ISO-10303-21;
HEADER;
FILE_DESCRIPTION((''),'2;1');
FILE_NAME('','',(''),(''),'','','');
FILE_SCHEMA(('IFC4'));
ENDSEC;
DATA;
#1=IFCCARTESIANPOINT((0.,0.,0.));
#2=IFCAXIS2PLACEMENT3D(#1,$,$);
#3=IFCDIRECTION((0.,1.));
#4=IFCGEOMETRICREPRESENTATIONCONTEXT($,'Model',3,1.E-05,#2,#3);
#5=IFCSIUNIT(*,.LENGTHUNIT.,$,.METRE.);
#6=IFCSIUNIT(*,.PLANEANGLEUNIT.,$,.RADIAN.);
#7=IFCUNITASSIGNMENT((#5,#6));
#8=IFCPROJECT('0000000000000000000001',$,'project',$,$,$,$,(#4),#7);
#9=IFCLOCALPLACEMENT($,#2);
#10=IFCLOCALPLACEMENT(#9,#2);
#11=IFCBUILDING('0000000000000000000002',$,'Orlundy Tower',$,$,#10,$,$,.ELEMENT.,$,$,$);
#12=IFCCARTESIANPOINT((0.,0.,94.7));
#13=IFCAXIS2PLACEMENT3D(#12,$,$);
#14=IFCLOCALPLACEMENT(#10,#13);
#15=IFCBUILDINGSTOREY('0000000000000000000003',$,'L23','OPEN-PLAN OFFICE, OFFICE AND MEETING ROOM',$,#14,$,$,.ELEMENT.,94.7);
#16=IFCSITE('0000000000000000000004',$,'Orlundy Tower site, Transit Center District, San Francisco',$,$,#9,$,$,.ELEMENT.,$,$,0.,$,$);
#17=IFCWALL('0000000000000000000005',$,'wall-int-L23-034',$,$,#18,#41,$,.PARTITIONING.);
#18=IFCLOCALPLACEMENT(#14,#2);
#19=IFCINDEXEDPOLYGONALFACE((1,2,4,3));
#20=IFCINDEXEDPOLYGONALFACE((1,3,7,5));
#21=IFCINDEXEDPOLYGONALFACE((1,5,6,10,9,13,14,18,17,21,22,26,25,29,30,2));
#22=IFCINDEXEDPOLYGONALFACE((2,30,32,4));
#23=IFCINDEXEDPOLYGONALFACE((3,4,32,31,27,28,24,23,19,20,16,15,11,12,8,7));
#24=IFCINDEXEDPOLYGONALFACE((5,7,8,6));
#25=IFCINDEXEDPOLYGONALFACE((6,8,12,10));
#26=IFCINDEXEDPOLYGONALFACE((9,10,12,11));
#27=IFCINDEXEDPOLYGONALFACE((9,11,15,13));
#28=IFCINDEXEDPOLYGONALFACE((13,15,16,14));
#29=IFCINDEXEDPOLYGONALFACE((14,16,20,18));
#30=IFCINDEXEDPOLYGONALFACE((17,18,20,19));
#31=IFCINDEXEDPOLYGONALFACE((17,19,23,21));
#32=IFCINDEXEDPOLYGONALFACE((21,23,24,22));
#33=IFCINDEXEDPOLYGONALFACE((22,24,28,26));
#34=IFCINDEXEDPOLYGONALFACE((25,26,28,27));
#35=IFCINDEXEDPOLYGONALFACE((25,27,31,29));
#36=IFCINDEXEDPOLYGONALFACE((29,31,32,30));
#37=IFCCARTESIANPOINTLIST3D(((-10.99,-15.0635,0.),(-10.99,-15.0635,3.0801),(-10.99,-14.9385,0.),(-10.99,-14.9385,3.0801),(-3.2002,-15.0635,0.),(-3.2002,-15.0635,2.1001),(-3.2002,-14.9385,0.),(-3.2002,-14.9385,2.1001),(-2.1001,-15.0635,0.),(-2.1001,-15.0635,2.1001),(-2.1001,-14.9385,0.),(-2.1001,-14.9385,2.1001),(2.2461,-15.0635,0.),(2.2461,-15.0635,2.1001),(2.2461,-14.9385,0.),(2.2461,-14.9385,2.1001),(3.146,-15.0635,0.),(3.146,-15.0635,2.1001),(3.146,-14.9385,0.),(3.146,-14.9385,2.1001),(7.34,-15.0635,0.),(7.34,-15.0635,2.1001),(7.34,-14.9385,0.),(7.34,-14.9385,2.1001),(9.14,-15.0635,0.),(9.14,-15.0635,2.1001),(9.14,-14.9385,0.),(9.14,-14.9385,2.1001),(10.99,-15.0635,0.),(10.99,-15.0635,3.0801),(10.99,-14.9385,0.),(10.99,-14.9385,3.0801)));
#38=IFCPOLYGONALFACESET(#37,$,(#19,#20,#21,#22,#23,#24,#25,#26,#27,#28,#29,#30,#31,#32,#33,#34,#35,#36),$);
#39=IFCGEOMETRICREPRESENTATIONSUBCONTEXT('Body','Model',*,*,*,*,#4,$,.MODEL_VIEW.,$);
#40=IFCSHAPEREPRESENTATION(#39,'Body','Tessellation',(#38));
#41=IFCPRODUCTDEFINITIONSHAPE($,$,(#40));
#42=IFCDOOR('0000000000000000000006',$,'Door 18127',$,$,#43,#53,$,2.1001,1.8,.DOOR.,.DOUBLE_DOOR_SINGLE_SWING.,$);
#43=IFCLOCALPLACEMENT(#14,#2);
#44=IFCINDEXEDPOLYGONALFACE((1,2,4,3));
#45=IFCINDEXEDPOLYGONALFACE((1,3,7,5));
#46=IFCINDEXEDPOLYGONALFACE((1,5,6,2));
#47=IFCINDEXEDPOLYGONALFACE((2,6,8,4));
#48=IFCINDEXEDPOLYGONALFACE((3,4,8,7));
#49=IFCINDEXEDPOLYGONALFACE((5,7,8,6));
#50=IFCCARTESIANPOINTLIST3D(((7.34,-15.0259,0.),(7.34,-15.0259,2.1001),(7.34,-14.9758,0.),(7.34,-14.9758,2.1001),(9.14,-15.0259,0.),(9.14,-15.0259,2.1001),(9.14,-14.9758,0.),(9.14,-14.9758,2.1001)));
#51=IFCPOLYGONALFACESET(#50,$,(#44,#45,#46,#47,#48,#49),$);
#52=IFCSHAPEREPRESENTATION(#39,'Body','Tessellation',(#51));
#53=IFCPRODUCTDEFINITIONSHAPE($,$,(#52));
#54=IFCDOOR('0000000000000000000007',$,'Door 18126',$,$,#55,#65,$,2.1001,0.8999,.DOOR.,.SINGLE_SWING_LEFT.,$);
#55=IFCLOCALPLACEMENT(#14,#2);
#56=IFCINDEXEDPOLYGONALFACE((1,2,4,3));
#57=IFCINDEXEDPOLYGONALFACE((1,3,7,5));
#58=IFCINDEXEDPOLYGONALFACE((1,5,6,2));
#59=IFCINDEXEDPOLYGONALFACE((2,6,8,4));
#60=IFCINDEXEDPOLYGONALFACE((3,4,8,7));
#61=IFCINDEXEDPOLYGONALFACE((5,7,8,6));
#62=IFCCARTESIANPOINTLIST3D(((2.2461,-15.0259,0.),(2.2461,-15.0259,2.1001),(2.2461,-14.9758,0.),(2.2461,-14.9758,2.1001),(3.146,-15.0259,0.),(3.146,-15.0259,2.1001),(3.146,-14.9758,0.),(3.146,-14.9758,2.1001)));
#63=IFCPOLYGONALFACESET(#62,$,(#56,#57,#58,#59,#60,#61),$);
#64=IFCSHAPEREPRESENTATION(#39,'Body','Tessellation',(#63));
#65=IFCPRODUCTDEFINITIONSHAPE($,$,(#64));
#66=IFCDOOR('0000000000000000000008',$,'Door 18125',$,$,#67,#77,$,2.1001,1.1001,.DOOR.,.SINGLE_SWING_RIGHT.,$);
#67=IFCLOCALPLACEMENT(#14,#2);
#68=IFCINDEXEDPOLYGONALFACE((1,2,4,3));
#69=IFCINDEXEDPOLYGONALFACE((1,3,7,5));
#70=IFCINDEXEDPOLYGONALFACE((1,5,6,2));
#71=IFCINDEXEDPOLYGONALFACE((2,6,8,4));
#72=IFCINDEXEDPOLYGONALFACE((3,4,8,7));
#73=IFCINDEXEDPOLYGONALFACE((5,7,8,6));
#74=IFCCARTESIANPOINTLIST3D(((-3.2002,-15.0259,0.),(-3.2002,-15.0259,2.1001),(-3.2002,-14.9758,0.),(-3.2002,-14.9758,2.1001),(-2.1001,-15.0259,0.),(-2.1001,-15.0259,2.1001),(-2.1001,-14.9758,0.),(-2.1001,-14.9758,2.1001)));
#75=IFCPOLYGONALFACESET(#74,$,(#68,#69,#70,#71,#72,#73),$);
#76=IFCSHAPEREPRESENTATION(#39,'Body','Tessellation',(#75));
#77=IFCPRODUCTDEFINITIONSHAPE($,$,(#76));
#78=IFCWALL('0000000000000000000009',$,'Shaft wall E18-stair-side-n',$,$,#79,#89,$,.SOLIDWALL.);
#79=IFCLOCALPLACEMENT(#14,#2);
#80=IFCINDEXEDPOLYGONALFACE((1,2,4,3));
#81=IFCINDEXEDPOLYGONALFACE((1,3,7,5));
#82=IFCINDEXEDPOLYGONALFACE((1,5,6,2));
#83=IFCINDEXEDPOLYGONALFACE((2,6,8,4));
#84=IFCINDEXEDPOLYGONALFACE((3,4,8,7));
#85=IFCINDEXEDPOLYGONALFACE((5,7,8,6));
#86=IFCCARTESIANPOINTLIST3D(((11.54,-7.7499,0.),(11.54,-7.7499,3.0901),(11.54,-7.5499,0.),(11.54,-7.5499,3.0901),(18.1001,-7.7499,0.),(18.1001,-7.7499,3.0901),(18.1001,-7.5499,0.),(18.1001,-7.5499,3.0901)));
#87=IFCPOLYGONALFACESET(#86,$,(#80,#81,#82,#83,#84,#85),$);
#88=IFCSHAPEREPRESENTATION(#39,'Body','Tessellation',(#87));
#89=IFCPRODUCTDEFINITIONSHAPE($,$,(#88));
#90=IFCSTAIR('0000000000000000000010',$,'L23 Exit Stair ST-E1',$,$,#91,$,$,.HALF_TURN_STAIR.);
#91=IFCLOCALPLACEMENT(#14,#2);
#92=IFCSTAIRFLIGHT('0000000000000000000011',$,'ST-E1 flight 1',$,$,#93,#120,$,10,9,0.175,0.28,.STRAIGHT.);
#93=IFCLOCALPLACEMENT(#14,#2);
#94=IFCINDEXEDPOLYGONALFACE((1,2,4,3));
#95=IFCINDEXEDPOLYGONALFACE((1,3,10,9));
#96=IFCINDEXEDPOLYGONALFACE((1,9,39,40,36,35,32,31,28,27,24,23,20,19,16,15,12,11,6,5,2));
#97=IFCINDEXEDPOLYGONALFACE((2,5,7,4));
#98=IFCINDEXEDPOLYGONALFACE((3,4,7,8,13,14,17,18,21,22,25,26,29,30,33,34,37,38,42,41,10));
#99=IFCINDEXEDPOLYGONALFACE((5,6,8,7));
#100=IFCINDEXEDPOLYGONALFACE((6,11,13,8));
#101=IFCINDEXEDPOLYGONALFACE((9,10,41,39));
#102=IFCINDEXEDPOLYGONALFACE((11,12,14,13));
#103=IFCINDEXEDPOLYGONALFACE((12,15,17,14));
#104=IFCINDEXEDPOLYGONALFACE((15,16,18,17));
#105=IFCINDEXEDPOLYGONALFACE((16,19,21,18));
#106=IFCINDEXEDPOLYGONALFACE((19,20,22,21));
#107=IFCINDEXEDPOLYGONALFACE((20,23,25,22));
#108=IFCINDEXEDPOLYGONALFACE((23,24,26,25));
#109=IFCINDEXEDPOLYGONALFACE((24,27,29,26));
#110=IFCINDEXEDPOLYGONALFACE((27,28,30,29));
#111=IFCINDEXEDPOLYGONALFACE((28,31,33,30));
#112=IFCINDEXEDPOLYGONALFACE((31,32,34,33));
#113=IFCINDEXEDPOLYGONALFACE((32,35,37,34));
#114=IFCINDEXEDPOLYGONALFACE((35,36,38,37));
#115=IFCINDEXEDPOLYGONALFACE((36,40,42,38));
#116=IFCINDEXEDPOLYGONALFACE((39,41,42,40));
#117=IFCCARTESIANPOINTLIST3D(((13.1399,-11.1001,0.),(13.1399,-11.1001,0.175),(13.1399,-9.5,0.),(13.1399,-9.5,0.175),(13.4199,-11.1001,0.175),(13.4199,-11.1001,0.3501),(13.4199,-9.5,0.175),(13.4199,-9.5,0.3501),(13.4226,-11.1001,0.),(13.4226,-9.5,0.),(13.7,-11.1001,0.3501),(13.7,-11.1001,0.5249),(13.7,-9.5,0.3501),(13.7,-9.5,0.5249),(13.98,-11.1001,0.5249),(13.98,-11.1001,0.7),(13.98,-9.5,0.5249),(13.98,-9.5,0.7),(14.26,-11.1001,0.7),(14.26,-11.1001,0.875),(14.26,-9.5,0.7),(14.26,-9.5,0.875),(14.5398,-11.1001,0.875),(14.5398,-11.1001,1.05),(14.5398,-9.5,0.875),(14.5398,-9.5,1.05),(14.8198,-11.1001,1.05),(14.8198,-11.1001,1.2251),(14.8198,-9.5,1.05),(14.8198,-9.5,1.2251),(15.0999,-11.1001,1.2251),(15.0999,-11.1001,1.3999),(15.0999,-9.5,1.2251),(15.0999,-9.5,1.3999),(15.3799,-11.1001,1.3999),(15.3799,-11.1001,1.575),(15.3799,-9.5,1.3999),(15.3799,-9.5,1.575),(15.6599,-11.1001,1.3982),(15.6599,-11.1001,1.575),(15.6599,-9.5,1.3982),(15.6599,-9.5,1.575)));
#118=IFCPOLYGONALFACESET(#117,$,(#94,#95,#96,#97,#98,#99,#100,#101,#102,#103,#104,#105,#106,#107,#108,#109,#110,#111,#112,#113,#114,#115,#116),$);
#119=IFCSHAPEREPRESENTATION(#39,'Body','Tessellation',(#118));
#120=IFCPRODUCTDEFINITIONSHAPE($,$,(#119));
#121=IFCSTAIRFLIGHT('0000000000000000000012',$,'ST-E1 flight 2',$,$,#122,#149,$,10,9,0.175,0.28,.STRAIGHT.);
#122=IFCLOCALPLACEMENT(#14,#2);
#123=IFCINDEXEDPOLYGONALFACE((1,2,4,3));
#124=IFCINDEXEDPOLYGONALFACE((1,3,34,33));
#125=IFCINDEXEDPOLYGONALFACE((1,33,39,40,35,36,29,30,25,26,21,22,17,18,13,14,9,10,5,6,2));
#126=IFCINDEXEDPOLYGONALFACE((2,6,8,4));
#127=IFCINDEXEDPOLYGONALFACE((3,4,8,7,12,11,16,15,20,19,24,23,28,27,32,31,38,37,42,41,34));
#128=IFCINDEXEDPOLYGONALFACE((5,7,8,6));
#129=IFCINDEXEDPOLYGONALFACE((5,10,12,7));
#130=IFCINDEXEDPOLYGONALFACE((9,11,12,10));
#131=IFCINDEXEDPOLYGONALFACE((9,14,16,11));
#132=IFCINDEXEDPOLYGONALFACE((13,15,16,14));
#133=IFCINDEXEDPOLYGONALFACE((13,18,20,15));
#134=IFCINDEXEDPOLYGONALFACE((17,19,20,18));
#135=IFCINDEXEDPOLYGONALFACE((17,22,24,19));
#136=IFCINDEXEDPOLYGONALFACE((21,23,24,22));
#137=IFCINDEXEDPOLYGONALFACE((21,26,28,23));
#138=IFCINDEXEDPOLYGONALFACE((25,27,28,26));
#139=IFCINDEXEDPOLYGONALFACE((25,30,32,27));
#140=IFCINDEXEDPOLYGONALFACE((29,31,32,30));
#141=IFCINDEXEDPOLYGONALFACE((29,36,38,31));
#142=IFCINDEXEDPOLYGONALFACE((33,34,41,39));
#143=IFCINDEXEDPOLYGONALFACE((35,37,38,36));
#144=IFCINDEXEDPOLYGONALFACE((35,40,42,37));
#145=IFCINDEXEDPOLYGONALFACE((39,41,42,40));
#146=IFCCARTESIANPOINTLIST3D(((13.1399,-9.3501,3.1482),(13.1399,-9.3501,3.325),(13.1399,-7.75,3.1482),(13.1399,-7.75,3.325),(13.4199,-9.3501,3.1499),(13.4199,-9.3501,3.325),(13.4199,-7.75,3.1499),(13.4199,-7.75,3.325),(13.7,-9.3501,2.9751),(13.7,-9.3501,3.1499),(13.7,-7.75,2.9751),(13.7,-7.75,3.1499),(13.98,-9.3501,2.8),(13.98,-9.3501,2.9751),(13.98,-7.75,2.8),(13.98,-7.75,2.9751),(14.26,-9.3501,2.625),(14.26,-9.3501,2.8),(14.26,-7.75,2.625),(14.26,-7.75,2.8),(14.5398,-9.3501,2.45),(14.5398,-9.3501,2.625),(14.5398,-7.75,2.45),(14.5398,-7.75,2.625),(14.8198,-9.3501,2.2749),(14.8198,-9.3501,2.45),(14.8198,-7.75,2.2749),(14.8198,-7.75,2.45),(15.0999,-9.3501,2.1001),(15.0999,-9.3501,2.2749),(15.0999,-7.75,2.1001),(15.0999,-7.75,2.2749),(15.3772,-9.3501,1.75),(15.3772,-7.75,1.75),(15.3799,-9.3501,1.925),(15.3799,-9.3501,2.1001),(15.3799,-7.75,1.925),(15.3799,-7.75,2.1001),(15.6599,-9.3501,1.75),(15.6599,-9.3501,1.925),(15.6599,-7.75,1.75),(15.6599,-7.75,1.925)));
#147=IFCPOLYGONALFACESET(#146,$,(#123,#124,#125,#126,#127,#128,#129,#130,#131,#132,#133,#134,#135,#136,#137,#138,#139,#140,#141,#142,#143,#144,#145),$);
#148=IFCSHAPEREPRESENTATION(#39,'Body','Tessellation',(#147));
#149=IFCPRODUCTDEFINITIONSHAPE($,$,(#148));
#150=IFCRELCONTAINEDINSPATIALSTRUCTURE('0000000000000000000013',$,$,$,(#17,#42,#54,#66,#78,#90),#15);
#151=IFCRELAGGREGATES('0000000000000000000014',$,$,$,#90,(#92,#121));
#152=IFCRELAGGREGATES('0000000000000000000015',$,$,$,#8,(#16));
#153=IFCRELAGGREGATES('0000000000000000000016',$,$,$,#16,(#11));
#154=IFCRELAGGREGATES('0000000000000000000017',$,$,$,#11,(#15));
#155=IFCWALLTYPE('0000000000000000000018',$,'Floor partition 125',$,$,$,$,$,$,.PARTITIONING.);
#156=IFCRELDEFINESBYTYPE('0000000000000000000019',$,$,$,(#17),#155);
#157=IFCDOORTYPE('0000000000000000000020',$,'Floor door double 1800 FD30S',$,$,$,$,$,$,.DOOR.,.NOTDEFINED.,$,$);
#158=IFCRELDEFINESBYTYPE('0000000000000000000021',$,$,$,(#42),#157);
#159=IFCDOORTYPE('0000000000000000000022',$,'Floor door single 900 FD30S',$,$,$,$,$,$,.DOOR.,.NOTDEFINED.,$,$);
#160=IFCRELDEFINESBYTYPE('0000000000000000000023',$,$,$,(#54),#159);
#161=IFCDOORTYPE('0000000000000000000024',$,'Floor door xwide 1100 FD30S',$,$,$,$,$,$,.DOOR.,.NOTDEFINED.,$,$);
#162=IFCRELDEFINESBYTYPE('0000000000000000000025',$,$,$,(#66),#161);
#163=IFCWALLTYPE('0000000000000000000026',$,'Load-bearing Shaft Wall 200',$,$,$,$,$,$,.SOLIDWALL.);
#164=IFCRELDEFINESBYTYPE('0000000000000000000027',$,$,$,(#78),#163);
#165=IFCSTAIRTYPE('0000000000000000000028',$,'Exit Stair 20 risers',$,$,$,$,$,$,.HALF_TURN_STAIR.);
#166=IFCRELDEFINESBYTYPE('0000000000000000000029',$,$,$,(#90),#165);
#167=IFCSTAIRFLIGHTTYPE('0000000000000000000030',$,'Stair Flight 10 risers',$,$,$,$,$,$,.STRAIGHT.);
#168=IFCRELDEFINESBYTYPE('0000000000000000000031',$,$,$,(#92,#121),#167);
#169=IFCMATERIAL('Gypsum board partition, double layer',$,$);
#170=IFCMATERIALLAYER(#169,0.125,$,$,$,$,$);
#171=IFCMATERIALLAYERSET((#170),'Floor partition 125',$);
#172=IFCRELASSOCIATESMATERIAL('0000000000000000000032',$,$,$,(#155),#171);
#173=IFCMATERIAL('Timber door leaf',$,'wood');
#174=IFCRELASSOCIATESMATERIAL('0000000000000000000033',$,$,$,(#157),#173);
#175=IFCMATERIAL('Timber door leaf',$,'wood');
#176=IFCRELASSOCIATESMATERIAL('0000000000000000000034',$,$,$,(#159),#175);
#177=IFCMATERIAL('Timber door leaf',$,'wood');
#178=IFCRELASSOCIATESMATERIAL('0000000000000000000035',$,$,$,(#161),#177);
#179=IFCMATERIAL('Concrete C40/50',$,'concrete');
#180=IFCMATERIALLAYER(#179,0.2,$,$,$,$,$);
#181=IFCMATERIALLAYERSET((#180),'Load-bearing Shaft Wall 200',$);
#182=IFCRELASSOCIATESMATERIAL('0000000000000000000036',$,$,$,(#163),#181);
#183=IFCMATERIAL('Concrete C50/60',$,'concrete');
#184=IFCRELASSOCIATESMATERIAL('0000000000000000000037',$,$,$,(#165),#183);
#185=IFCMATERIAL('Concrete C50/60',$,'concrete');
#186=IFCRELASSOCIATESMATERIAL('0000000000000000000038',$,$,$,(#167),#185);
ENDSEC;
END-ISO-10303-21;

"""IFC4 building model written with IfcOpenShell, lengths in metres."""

from ifc_helpers import new_model, si_unit, direction, frame, frame_2d, origin, place, context, subcontext, project, spatial, polyline, rectangle, outline, extrude, material, layer, layer_set, type_object, element, fill, aggregate, save


model = new_model("IFC4")

# Units and contexts
model_context = context("Model", 3, precision=1e-05, world=origin(), true_north=direction((0.0, 1.0)))
body_context = subcontext(model_context, "Body", "Model", "MODEL_VIEW")
ifc_project = project(units=[si_unit("LENGTHUNIT", "METRE"), si_unit("PLANEANGLEUNIT", "RADIAN")], contexts=[model_context])

# Site, building, storey
site_placement = place(None, origin())
site = spatial("IfcSite", under=ifc_project, at=site_placement, Name="Orlundy Tower site, Transit Center District, San Francisco", CompositionType="ELEMENT", RefElevation=0.0)
building_placement = place(site_placement, origin())
building = spatial("IfcBuilding", under=site, at=building_placement, Name="Orlundy Tower", CompositionType="ELEMENT")
storey_placement = place(building_placement, frame((0.0, 0.0, 94.7)))
storey = spatial("IfcBuildingStorey", under=building, at=storey_placement, Name="L23", Description="OPEN-PLAN OFFICE, OFFICE AND MEETING ROOM", CompositionType="ELEMENT", Elevation=94.7)

# Wall, openings, doors
ifc_material_1 = material(Name="Gypsum board partition, double layer")
ifc_layer_1 = layer(ifc_material_1, 0.125)
ifc_layer_set_1 = layer_set([ifc_layer_1], Name="Floor partition 125")
wall_type_1 = type_object("IfcWallType", Name="Floor partition 125", PredefinedType="PARTITIONING", material=ifc_layer_set_1)
wall_1_placement = place(storey_placement, frame((10.99, -15.001, 0.0), z_axis=(0.0, 0.0, 1.0), x_axis=(-1.0, 0.0, 0.0)))
wall_1 = element("IfcWall", 1, at=wall_1_placement, inside=storey, type_object=wall_type_1, Name="wall-int-L23-034", PredefinedType="PARTITIONING", context=body_context, shape_type="SweptSolid", body=[
    extrude(rectangle(XDim=21.98, YDim=0.125, at=frame_2d((10.99, 0.0))), origin(), (0.0, 0.0, 1.0), 3.0801),
])
opening_1_placement = place(wall_1_placement, frame((13.0901, 0.0, 0.0)))
opening_1 = element("IfcOpeningElement", 2, at=opening_1_placement, cuts=wall_1, PredefinedType="OPENING", context=body_context, shape_type="SweptSolid", body=[
    extrude(rectangle(XDim=1.1001, YDim=2.1001, at=frame_2d((0.55, 1.05))), frame((0.0, 0.0725, 0.0), z_axis=(0.0, -1.0, 0.0), x_axis=(1.0, 0.0, 0.0)), (0.0, 0.0, 1.0), 0.145),
])
opening_2_placement = place(wall_1_placement, frame((7.844, 0.0, 0.0)))
opening_2 = element("IfcOpeningElement", 3, at=opening_2_placement, cuts=wall_1, PredefinedType="OPENING", context=body_context, shape_type="SweptSolid", body=[
    extrude(rectangle(XDim=0.8999, YDim=2.1001, at=frame_2d((0.45, 1.05))), frame((0.0, 0.0725, 0.0), z_axis=(0.0, -1.0, 0.0), x_axis=(1.0, 0.0, 0.0)), (0.0, 0.0, 1.0), 0.145),
])
opening_3_placement = place(wall_1_placement, frame((1.8501, 0.0, 0.0)))
opening_3 = element("IfcOpeningElement", 4, at=opening_3_placement, cuts=wall_1, PredefinedType="OPENING", context=body_context, shape_type="SweptSolid", body=[
    extrude(rectangle(XDim=1.8, YDim=2.1001, at=frame_2d((0.8999, 1.05))), frame((0.0, 0.0725, 0.0), z_axis=(0.0, -1.0, 0.0), x_axis=(1.0, 0.0, 0.0)), (0.0, 0.0, 1.0), 0.145),
])
ifc_material_2 = material(Name="Timber door leaf", Category="wood")
door_type_1 = type_object("IfcDoorType", Name="Floor door double 1800 FD30S", OperationType="NOTDEFINED", PredefinedType="DOOR", material=ifc_material_2)
door_1_placement = place(opening_3_placement, origin())
door_1 = element("IfcDoor", 5, at=door_1_placement, inside=storey, type_object=door_type_1, Name="Door 18127", OperationType="DOUBLE_DOOR_SINGLE_SWING", OverallHeight=2.1001, OverallWidth=1.8, PredefinedType="DOOR", context=body_context, shape_type="SweptSolid", body=[
    extrude(rectangle(XDim=1.8, YDim=2.1001, at=frame_2d((0.8999, 1.05))), frame((0.0, 0.0249, 0.0), z_axis=(0.0, -1.0, 0.0), x_axis=(1.0, 0.0, 0.0)), (0.0, 0.0, 1.0), 0.05),
])
fill(opening_3, door_1)
ifc_material_3 = material(Name="Timber door leaf", Category="wood")
door_type_2 = type_object("IfcDoorType", Name="Floor door single 900 FD30S", OperationType="NOTDEFINED", PredefinedType="DOOR", material=ifc_material_3)
door_2_placement = place(opening_2_placement, origin())
door_2 = element("IfcDoor", 6, at=door_2_placement, inside=storey, type_object=door_type_2, Name="Door 18126", OperationType="SINGLE_SWING_LEFT", OverallHeight=2.1001, OverallWidth=0.8999, PredefinedType="DOOR", context=body_context, shape_type="SweptSolid", body=[
    extrude(rectangle(XDim=0.8999, YDim=2.1001, at=frame_2d((0.45, 1.05))), frame((0.0, 0.0249, 0.0), z_axis=(0.0, -1.0, 0.0), x_axis=(1.0, 0.0, 0.0)), (0.0, 0.0, 1.0), 0.05),
])
fill(opening_2, door_2)
ifc_material_4 = material(Name="Timber door leaf", Category="wood")
door_type_3 = type_object("IfcDoorType", Name="Floor door xwide 1100 FD30S", OperationType="NOTDEFINED", PredefinedType="DOOR", material=ifc_material_4)
door_3_placement = place(opening_1_placement, origin())
door_3 = element("IfcDoor", 7, at=door_3_placement, inside=storey, type_object=door_type_3, Name="Door 18125", OperationType="SINGLE_SWING_RIGHT", OverallHeight=2.1001, OverallWidth=1.1001, PredefinedType="DOOR", context=body_context, shape_type="SweptSolid", body=[
    extrude(rectangle(XDim=1.1001, YDim=2.1001, at=frame_2d((0.55, 1.05))), frame((0.0, 0.0249, 0.0), z_axis=(0.0, -1.0, 0.0), x_axis=(1.0, 0.0, 0.0)), (0.0, 0.0, 1.0), 0.05),
])
fill(opening_1, door_3)

# Wall
ifc_material_5 = material(Name="Concrete C40/50", Category="concrete")
ifc_layer_2 = layer(ifc_material_5, 0.2)
ifc_layer_set_2 = layer_set([ifc_layer_2], Name="Load-bearing Shaft Wall 200")
wall_type_2 = type_object("IfcWallType", Name="Load-bearing Shaft Wall 200", PredefinedType="SOLIDWALL", material=ifc_layer_set_2)
wall_2_placement = place(storey_placement, frame((11.54, -7.6499, 0.0), z_axis=(0.0, 0.0, 1.0), x_axis=(1.0, 0.0, 0.0)))
element("IfcWall", 8, at=wall_2_placement, inside=storey, type_object=wall_type_2, Name="Shaft wall E18-stair-side-n", PredefinedType="SOLIDWALL", context=body_context, shape_type="SweptSolid", body=[
    extrude(rectangle(XDim=6.5601, YDim=0.2, at=frame_2d((3.28, 0.0))), origin(), (0.0, 0.0, 1.0), 3.0901),
])

# Stair, stair flights
ifc_material_6 = material(Name="Concrete C50/60", Category="concrete")
stair_type = type_object("IfcStairType", Name="Exit Stair 20 risers", PredefinedType="HALF_TURN_STAIR", material=ifc_material_6)
stair_placement = place(storey_placement, origin())
stair = element("IfcStair", 9, at=stair_placement, inside=storey, type_object=stair_type, Name="L23 Exit Stair ST-E1", PredefinedType="HALF_TURN_STAIR")
ifc_material_7 = material(Name="Concrete C50/60", Category="concrete")
stair_flight_type = type_object("IfcStairFlightType", Name="Stair Flight 10 risers", PredefinedType="STRAIGHT", material=ifc_material_7)
stair_flight_1_placement = place(storey_placement, frame((13.1399, -10.3, 0.0), z_axis=(0.0, 0.0, 1.0), x_axis=(1.0, 0.0, 0.0)))
stair_flight_1 = element("IfcStairFlight", 10, at=stair_flight_1_placement, type_object=stair_flight_type, Name="ST-E1 flight 1", NumberOfRisers=10, NumberOfTreads=9, PredefinedType="STRAIGHT", RiserHeight=0.175, TreadLength=0.28, context=body_context, shape_type="SweptSolid", body=[
    extrude(outline(polyline([(0.0, 0.0), (0.0, 0.175), (0.28, 0.175), (0.28, 0.3501), (0.5601, 0.3501), (0.5601, 0.5249), (0.8401, 0.5249), (0.8401, 0.7), (1.1201, 0.7), (1.1201, 0.875), (1.3999, 0.875), (1.3999, 1.05), (1.6799, 1.05), (1.6799, 1.2251), (1.96, 1.2251), (1.96, 1.3999), (2.24, 1.3999), (2.24, 1.575), (2.52, 1.575), (2.52, 1.75), (2.52, 1.3982), (0.2827, 0.0), (0.0, 0.0)])), frame((0.0, 0.8, 0.0), z_axis=(0.0, -1.0, 0.0), x_axis=(1.0, 0.0, 0.0)), (0.0, 0.0, 1.0), 1.6001),
])
stair_flight_2_placement = place(storey_placement, frame((15.6599, -8.55, 1.75), z_axis=(0.0, 0.0, 1.0), x_axis=(-1.0, 0.0, 0.0)))
stair_flight_2 = element("IfcStairFlight", 11, at=stair_flight_2_placement, type_object=stair_flight_type, Name="ST-E1 flight 2", NumberOfRisers=10, NumberOfTreads=9, PredefinedType="STRAIGHT", RiserHeight=0.175, TreadLength=0.28, context=body_context, shape_type="SweptSolid", body=[
    extrude(outline(polyline([(0.0, 0.0), (0.0, 0.175), (0.28, 0.175), (0.28, 0.3501), (0.5601, 0.3501), (0.5601, 0.5249), (0.8401, 0.5249), (0.8401, 0.7), (1.1201, 0.7), (1.1201, 0.875), (1.3999, 0.875), (1.3999, 1.05), (1.6799, 1.05), (1.6799, 1.2251), (1.96, 1.2251), (1.96, 1.3999), (2.24, 1.3999), (2.24, 1.575), (2.52, 1.575), (2.52, 1.75), (2.52, 1.3982), (0.2827, 0.0), (0.0, 0.0)])), frame((0.0, 0.8, 0.0), z_axis=(0.0, -1.0, 0.0), x_axis=(1.0, 0.0, 0.0)), (0.0, 0.0, 1.0), 1.6001),
])
aggregate(stair, [stair_flight_1, stair_flight_2])

save(model, "model.ifc")
